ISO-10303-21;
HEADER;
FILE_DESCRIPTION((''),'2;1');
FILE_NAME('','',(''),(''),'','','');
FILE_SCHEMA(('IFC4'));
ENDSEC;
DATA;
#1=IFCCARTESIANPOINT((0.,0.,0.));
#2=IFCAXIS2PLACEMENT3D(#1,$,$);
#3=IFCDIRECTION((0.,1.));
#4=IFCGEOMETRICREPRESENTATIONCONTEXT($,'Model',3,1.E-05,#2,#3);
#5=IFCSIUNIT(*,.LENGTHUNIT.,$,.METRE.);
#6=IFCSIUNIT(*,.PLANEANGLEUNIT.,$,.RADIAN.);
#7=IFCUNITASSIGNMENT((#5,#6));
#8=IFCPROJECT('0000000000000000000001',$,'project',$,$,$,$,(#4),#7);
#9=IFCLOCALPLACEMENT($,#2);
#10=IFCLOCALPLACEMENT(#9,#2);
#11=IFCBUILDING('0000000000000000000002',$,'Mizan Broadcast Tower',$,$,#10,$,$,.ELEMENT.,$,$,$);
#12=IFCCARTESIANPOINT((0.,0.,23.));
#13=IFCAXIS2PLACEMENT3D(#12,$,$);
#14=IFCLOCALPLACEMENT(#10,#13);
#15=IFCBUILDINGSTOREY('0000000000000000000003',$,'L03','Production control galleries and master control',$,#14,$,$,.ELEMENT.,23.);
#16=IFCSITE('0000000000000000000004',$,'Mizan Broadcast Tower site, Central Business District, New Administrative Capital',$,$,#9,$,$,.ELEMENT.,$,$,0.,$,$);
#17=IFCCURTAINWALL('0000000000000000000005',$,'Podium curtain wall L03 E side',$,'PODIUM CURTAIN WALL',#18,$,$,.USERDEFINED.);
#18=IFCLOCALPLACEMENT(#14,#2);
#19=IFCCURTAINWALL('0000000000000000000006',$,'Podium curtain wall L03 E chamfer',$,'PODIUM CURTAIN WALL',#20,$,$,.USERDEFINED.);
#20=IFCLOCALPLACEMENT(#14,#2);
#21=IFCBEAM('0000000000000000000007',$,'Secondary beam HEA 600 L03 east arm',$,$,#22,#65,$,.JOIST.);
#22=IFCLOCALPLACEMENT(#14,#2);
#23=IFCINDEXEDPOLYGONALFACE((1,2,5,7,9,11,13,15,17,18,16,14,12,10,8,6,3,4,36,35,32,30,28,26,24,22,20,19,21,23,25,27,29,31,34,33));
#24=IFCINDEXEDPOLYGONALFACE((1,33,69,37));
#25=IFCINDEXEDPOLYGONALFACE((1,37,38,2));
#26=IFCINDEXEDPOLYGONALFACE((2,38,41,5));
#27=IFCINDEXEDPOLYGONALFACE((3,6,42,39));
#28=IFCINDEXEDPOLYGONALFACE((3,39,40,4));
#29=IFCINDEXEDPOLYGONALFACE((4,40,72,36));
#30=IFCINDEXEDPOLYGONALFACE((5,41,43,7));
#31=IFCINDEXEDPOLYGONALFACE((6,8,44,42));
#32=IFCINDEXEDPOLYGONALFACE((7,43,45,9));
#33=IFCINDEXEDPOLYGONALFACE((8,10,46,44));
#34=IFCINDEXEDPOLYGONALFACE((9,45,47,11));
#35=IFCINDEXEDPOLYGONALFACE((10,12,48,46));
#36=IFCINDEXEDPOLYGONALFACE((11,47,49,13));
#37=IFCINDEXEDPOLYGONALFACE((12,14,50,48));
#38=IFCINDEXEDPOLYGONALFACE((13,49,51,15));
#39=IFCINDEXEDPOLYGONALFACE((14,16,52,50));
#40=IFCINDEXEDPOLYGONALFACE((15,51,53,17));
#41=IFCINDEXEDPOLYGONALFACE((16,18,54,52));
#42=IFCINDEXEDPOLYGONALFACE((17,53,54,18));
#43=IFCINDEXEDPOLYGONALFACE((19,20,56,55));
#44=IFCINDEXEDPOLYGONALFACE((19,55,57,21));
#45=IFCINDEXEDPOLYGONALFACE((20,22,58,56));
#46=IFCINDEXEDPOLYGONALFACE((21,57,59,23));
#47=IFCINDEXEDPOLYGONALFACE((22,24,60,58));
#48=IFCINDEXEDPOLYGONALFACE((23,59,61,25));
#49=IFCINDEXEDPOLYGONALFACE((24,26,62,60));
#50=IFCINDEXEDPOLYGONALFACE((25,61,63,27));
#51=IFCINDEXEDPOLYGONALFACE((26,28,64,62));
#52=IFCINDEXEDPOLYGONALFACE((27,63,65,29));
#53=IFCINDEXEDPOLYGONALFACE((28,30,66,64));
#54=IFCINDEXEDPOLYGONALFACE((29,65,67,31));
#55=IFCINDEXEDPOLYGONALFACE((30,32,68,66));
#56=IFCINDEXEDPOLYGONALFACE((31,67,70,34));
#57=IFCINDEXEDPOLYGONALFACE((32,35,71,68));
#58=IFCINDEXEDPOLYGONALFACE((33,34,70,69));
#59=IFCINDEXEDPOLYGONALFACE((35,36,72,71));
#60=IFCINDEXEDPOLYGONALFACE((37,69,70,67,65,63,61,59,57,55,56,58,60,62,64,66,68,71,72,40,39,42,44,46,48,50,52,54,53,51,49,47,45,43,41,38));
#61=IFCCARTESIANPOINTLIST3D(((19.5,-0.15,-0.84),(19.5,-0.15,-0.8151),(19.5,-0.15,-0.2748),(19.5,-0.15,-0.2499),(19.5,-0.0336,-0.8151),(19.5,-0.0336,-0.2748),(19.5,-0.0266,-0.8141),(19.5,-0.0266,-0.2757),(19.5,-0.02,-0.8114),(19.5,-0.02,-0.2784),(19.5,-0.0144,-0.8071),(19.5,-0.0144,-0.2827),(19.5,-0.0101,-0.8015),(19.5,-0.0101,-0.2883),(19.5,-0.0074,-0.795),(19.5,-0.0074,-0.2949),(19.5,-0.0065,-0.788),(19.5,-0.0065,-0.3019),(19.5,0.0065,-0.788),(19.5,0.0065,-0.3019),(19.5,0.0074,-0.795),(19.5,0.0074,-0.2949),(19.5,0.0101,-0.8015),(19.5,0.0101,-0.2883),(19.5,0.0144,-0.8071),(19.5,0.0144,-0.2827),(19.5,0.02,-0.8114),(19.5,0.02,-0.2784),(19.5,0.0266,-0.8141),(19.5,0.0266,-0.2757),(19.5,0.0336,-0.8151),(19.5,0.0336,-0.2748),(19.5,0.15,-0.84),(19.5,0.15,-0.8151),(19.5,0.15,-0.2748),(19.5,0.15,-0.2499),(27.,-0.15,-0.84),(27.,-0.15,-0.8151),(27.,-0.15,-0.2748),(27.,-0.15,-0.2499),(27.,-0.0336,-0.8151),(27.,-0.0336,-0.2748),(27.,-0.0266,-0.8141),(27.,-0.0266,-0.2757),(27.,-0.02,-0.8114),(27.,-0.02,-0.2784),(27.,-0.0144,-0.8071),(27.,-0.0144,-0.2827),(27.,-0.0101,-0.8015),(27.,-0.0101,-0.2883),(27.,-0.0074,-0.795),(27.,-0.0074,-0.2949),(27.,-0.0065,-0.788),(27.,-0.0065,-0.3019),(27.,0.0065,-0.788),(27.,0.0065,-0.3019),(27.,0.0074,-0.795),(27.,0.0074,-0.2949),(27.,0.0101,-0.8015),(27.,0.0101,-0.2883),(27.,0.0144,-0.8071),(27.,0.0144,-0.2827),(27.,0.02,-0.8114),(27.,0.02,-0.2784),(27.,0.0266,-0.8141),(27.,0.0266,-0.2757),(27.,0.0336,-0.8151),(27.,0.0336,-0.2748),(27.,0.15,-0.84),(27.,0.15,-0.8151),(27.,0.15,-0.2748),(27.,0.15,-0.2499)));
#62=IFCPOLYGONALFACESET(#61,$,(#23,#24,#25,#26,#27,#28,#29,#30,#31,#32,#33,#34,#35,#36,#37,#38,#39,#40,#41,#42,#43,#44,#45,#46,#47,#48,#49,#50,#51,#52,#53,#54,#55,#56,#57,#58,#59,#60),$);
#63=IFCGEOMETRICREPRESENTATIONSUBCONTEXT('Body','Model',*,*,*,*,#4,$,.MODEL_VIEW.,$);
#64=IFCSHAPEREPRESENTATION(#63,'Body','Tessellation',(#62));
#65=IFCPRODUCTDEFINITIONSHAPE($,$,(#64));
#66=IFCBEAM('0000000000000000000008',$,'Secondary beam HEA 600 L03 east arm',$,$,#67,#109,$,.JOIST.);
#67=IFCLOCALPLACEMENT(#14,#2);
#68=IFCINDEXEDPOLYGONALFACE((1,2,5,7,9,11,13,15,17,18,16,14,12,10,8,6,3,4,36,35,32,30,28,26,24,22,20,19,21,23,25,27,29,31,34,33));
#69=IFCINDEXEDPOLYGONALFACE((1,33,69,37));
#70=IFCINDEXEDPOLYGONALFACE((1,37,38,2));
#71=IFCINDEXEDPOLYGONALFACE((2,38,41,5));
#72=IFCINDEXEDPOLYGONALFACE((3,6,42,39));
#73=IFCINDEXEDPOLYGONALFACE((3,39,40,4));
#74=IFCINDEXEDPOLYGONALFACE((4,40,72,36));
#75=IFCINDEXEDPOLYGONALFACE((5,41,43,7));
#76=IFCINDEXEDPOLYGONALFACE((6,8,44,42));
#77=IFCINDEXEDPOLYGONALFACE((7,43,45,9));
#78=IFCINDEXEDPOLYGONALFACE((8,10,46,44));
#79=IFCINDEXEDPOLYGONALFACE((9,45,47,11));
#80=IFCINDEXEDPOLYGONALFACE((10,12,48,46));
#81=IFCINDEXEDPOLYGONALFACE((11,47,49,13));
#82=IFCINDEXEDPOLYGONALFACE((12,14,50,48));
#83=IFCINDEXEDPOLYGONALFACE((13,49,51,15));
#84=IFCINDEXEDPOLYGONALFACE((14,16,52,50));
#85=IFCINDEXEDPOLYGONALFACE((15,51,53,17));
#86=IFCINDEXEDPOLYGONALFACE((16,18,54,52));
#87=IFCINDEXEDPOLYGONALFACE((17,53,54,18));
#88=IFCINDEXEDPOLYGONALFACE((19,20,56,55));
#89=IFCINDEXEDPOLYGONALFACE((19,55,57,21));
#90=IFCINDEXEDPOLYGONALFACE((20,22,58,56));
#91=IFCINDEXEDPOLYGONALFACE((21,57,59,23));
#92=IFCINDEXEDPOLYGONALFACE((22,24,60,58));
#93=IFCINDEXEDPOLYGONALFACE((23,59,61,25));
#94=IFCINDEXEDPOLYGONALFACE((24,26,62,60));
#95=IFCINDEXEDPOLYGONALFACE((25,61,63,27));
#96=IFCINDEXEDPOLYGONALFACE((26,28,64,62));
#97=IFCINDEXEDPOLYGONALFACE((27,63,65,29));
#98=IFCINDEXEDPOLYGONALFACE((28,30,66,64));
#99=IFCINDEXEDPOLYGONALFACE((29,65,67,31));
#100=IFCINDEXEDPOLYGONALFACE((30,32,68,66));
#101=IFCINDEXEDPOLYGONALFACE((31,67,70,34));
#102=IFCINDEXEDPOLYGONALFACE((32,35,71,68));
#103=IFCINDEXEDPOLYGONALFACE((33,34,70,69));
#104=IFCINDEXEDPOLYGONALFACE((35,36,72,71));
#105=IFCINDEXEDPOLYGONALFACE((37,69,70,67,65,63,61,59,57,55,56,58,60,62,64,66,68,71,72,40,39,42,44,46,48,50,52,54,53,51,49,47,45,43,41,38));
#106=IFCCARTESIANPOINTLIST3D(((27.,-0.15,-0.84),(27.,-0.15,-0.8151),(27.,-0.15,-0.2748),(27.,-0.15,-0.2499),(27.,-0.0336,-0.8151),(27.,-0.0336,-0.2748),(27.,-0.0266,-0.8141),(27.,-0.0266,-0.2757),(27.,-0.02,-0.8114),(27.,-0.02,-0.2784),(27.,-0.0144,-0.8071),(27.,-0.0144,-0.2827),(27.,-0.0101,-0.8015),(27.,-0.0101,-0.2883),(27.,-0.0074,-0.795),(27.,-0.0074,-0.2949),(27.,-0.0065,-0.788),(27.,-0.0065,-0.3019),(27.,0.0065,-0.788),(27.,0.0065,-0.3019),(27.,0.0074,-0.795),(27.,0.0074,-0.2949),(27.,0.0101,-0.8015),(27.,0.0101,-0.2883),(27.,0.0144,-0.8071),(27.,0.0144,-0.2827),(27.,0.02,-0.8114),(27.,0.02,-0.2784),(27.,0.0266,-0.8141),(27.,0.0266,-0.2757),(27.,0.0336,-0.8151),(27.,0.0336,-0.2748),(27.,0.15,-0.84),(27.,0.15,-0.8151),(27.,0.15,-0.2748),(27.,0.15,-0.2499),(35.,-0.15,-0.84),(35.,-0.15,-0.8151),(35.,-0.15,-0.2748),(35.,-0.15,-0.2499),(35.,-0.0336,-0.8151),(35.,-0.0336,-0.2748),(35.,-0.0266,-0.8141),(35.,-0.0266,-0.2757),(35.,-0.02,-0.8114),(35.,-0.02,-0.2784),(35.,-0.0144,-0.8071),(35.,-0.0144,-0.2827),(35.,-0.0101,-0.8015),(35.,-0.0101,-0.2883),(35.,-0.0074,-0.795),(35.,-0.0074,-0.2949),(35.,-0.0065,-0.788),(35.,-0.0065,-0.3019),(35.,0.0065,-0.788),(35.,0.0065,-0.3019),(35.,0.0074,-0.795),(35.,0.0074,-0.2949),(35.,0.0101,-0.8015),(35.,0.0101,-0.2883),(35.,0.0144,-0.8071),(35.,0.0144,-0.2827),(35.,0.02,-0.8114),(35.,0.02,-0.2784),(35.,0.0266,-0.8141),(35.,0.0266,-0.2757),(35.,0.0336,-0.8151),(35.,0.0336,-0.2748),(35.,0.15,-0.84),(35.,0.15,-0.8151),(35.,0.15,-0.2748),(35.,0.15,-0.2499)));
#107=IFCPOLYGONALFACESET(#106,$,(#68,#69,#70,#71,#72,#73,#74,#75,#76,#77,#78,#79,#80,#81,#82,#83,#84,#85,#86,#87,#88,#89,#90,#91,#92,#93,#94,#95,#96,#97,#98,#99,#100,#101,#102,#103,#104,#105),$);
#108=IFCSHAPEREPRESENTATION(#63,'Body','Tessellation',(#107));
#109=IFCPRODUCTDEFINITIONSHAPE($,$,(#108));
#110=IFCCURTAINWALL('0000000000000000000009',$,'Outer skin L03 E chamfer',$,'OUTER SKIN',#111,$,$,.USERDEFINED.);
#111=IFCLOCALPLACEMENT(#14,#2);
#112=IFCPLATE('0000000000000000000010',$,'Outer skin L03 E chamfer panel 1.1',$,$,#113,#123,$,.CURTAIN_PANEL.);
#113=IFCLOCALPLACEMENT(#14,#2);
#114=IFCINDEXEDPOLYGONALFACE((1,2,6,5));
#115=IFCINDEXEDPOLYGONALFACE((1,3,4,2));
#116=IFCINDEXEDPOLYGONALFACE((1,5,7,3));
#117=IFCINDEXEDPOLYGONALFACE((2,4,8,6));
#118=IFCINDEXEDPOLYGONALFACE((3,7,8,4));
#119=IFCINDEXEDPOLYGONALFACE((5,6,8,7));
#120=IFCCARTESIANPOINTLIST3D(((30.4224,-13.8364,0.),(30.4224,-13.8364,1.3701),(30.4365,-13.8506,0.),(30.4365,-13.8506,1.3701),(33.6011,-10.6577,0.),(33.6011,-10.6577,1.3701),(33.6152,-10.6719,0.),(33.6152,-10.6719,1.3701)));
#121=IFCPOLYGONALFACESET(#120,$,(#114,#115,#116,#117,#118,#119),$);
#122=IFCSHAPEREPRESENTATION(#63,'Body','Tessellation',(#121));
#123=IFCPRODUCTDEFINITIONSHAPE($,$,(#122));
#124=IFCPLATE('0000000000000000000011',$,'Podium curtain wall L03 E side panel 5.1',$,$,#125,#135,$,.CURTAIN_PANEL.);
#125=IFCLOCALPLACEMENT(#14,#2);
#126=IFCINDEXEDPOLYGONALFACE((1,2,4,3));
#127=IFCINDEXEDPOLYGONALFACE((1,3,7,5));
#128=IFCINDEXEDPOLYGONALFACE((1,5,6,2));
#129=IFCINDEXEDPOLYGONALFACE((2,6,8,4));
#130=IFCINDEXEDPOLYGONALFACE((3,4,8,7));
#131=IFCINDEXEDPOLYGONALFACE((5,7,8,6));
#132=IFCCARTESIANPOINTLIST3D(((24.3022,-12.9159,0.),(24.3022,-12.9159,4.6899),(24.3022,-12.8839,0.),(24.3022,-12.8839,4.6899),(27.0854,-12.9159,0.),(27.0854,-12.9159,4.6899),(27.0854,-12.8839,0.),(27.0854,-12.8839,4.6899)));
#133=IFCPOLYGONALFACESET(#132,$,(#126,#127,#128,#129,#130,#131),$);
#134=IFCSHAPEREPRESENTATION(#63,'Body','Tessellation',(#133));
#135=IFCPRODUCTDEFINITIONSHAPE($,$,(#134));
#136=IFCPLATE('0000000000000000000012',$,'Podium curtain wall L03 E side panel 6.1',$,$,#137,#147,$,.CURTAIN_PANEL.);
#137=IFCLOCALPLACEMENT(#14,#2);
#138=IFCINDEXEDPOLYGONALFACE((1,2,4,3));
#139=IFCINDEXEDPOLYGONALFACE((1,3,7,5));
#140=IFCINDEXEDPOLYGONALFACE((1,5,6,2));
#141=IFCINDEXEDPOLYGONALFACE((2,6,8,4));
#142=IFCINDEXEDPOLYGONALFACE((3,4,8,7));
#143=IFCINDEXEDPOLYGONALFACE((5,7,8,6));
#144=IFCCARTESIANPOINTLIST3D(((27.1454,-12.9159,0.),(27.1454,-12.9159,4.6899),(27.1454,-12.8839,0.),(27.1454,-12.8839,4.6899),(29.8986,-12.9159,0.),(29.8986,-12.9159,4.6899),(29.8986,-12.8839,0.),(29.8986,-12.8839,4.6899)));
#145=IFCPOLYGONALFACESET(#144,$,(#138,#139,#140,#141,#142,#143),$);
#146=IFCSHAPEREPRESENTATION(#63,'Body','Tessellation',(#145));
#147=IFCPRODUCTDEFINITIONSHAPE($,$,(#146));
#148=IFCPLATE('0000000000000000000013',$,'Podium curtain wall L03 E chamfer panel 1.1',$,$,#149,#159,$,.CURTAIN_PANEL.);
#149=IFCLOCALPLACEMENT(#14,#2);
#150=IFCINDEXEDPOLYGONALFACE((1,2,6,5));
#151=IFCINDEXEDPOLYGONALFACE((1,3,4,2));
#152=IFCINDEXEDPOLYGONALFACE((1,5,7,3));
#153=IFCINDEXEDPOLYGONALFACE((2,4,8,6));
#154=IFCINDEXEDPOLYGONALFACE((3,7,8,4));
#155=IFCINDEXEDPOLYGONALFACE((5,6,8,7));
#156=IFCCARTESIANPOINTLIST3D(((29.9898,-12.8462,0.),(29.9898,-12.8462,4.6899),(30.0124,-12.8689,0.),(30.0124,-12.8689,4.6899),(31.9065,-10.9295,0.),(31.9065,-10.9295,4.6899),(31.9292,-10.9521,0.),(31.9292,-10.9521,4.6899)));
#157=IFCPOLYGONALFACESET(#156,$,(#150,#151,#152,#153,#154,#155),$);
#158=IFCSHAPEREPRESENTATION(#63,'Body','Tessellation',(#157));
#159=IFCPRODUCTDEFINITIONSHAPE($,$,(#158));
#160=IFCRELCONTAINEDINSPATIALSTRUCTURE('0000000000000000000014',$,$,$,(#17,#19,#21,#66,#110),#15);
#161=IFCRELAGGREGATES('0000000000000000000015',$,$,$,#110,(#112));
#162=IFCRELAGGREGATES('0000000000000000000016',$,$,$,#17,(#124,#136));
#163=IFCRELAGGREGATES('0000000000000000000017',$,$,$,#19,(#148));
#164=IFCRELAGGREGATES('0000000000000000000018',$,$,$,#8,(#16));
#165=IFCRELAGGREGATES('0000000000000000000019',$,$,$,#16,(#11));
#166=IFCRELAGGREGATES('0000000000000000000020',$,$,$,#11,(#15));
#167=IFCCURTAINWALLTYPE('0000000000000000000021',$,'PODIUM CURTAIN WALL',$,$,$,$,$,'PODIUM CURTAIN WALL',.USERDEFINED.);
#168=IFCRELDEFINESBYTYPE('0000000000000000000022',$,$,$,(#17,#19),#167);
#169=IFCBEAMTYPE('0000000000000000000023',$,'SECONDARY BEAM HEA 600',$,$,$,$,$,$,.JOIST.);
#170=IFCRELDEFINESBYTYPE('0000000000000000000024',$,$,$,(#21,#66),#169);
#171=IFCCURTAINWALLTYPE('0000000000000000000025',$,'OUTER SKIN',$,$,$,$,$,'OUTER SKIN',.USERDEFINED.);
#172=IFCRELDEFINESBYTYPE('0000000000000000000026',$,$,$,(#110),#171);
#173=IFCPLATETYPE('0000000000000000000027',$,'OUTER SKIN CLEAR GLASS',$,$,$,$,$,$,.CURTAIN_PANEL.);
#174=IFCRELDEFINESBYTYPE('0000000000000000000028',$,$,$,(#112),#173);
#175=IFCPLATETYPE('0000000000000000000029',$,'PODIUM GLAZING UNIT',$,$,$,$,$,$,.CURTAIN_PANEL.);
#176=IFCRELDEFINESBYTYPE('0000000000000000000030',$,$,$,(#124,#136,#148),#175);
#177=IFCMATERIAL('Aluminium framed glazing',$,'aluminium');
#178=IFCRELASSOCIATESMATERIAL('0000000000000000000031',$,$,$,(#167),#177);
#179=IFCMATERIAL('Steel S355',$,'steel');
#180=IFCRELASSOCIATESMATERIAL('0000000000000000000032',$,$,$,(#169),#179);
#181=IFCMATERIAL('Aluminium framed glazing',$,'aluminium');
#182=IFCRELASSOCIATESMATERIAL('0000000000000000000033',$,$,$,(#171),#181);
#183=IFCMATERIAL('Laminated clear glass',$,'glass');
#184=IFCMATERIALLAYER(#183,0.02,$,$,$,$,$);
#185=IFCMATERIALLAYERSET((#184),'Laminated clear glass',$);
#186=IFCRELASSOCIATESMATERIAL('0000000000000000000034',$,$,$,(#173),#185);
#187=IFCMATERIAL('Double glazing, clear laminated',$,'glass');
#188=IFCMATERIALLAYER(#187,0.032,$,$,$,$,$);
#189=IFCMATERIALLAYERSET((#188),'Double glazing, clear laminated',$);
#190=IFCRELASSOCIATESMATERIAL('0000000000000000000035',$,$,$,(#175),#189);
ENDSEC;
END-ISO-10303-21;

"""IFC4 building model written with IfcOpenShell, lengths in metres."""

from ifc_helpers import new_model, si_unit, direction, frame, origin, origin_2d, place, context, subcontext, project, spatial, rectangle, i_section, extrude, material, layer, layer_set, material_profile, profile_set, type_object, element, aggregate, save


model = new_model("IFC4")

# Units and contexts
model_context = context("Model", 3, precision=1e-05, world=origin(), true_north=direction((0.0, 1.0)))
body_context = subcontext(model_context, "Body", "Model", "MODEL_VIEW")
ifc_project = project(units=[si_unit("LENGTHUNIT", "METRE"), si_unit("PLANEANGLEUNIT", "RADIAN")], contexts=[model_context])

# Site, building, storey
site_placement = place(None, origin())
site = spatial("IfcSite", under=ifc_project, at=site_placement, Name="Mizan Broadcast Tower site, Central Business District, New Administrative Capital", CompositionType="ELEMENT", RefElevation=0.0)
building_placement = place(site_placement, origin())
building = spatial("IfcBuilding", under=site, at=building_placement, Name="Mizan Broadcast Tower", CompositionType="ELEMENT")
storey_placement = place(building_placement, frame((0.0, 0.0, 23.0)))
storey = spatial("IfcBuildingStorey", under=building, at=storey_placement, Name="L03", Description="Production control galleries and master control", CompositionType="ELEMENT", Elevation=23.0)

# Curtain wall
ifc_material_1 = material(Name="Aluminium framed glazing", Category="aluminium")
curtain_wall_type_1 = type_object("IfcCurtainWallType", Name="PODIUM CURTAIN WALL", ElementType="PODIUM CURTAIN WALL", PredefinedType="USERDEFINED", material=ifc_material_1)
curtain_wall_1_placement = place(storey_placement, origin())
curtain_wall_1 = element("IfcCurtainWall", 1, at=curtain_wall_1_placement, inside=storey, type_object=curtain_wall_type_1, Name="Podium curtain wall L03 E side", ObjectType="PODIUM CURTAIN WALL", PredefinedType="USERDEFINED")

# Curtain wall
curtain_wall_2_placement = place(storey_placement, origin())
curtain_wall_2 = element("IfcCurtainWall", 2, at=curtain_wall_2_placement, inside=storey, type_object=curtain_wall_type_1, Name="Podium curtain wall L03 E chamfer", ObjectType="PODIUM CURTAIN WALL", PredefinedType="USERDEFINED")

# Beams
ifc_material_2 = material(Name="Steel S355", Category="steel")
ifc_material_profile_1 = material_profile(ifc_material_2, i_section(OverallWidth=0.3, OverallDepth=0.5901, WebThickness=0.0129, FlangeThickness=0.0249, FilletRadius=0.0271, at=origin_2d()), Name="HEA 600")
ifc_profile_set_1 = profile_set([ifc_material_profile_1], Name="Steel S355")
beam_type_1 = type_object("IfcBeamType", Name="SECONDARY BEAM HEA 600", PredefinedType="JOIST", material=ifc_profile_set_1)
beam_1_placement = place(storey_placement, frame((19.5, 0.0, -0.5449), z_axis=(1.0, 0.0, 0.0), x_axis=(0.0, 1.0, 0.0)))
element("IfcBeam", 3, at=beam_1_placement, inside=storey, type_object=beam_type_1, Name="Secondary beam HEA 600 L03 east arm", PredefinedType="JOIST", context=body_context, shape_type="SweptSolid", body=[
    extrude(i_section(OverallWidth=0.3, OverallDepth=0.5901, WebThickness=0.0129, FlangeThickness=0.0249, FilletRadius=0.0271, at=origin_2d()), origin(), (0.0, 0.0, 1.0), 7.5),
])
beam_2_placement = place(storey_placement, frame((27.0, 0.0, -0.5449), z_axis=(1.0, 0.0, 0.0), x_axis=(0.0, 1.0, 0.0)))
element("IfcBeam", 4, at=beam_2_placement, inside=storey, type_object=beam_type_1, Name="Secondary beam HEA 600 L03 east arm", PredefinedType="JOIST", context=body_context, shape_type="SweptSolid", body=[
    extrude(i_section(OverallWidth=0.3, OverallDepth=0.5901, WebThickness=0.0129, FlangeThickness=0.0249, FilletRadius=0.0271, at=origin_2d()), origin(), (0.0, 0.0, 1.0), 8.0),
])

# Curtain wall, plate
ifc_material_3 = material(Name="Aluminium framed glazing", Category="aluminium")
curtain_wall_type_2 = type_object("IfcCurtainWallType", Name="OUTER SKIN", ElementType="OUTER SKIN", PredefinedType="USERDEFINED", material=ifc_material_3)
curtain_wall_3_placement = place(storey_placement, origin())
curtain_wall_3 = element("IfcCurtainWall", 5, at=curtain_wall_3_placement, inside=storey, type_object=curtain_wall_type_2, Name="Outer skin L03 E chamfer", ObjectType="OUTER SKIN", PredefinedType="USERDEFINED")
ifc_material_4 = material(Name="Laminated clear glass", Category="glass")
ifc_layer_1 = layer(ifc_material_4, 0.02)
ifc_layer_set_1 = layer_set([ifc_layer_1], Name="Laminated clear glass")
plate_type_1 = type_object("IfcPlateType", Name="OUTER SKIN CLEAR GLASS", PredefinedType="CURTAIN_PANEL", material=ifc_layer_set_1)
plate_1_placement = place(storey_placement, frame((32.0188, -12.2542, 0.0), z_axis=(0.0, 0.0, 1.0), x_axis=(0.707107, 0.707107, 0.0)))
plate_1 = element("IfcPlate", 6, at=plate_1_placement, type_object=plate_type_1, Name="Outer skin L03 E chamfer panel 1.1", PredefinedType="CURTAIN_PANEL", context=body_context, shape_type="SweptSolid", body=[
    extrude(rectangle(XDim=4.4954, YDim=0.02, at=origin_2d()), origin(), (0.0, 0.0, 1.0), 1.3701),
])
aggregate(curtain_wall_3, [plate_1])

# Plates
ifc_material_5 = material(Name="Double glazing, clear laminated", Category="glass")
ifc_layer_2 = layer(ifc_material_5, 0.032)
ifc_layer_set_2 = layer_set([ifc_layer_2], Name="Double glazing, clear laminated")
plate_type_2 = type_object("IfcPlateType", Name="PODIUM GLAZING UNIT", PredefinedType="CURTAIN_PANEL", material=ifc_layer_set_2)
plate_2_placement = place(storey_placement, frame((25.6938, -12.8999, 0.0), z_axis=(0.0, 0.0, 1.0), x_axis=(1.0, 0.0, 0.0)))
plate_2 = element("IfcPlate", 7, at=plate_2_placement, type_object=plate_type_2, Name="Podium curtain wall L03 E side panel 5.1", PredefinedType="CURTAIN_PANEL", context=body_context, shape_type="SweptSolid", body=[
    extrude(rectangle(XDim=2.7832, YDim=0.032, at=origin_2d()), origin(), (0.0, 0.0, 1.0), 4.6899),
])
plate_3_placement = place(storey_placement, frame((28.522, -12.8999, 0.0), z_axis=(0.0, 0.0, 1.0), x_axis=(1.0, 0.0, 0.0)))
plate_3 = element("IfcPlate", 8, at=plate_3_placement, type_object=plate_type_2, Name="Podium curtain wall L03 E side panel 6.1", PredefinedType="CURTAIN_PANEL", context=body_context, shape_type="SweptSolid", body=[
    extrude(rectangle(XDim=2.7532, YDim=0.032, at=origin_2d()), origin(), (0.0, 0.0, 1.0), 4.6899),
])
aggregate(curtain_wall_1, [plate_2, plate_3])
plate_4_placement = place(storey_placement, frame((30.9595, -11.8992, 0.0), z_axis=(0.0, 0.0, 1.0), x_axis=(0.707107, 0.707107, 0.0)))
plate_4 = element("IfcPlate", 9, at=plate_4_placement, type_object=plate_type_2, Name="Podium curtain wall L03 E chamfer panel 1.1", PredefinedType="CURTAIN_PANEL", context=body_context, shape_type="SweptSolid", body=[
    extrude(rectangle(XDim=2.7107, YDim=0.032, at=origin_2d()), origin(), (0.0, 0.0, 1.0), 4.6899),
])
aggregate(curtain_wall_2, [plate_4])

save(model, "model.ifc")
